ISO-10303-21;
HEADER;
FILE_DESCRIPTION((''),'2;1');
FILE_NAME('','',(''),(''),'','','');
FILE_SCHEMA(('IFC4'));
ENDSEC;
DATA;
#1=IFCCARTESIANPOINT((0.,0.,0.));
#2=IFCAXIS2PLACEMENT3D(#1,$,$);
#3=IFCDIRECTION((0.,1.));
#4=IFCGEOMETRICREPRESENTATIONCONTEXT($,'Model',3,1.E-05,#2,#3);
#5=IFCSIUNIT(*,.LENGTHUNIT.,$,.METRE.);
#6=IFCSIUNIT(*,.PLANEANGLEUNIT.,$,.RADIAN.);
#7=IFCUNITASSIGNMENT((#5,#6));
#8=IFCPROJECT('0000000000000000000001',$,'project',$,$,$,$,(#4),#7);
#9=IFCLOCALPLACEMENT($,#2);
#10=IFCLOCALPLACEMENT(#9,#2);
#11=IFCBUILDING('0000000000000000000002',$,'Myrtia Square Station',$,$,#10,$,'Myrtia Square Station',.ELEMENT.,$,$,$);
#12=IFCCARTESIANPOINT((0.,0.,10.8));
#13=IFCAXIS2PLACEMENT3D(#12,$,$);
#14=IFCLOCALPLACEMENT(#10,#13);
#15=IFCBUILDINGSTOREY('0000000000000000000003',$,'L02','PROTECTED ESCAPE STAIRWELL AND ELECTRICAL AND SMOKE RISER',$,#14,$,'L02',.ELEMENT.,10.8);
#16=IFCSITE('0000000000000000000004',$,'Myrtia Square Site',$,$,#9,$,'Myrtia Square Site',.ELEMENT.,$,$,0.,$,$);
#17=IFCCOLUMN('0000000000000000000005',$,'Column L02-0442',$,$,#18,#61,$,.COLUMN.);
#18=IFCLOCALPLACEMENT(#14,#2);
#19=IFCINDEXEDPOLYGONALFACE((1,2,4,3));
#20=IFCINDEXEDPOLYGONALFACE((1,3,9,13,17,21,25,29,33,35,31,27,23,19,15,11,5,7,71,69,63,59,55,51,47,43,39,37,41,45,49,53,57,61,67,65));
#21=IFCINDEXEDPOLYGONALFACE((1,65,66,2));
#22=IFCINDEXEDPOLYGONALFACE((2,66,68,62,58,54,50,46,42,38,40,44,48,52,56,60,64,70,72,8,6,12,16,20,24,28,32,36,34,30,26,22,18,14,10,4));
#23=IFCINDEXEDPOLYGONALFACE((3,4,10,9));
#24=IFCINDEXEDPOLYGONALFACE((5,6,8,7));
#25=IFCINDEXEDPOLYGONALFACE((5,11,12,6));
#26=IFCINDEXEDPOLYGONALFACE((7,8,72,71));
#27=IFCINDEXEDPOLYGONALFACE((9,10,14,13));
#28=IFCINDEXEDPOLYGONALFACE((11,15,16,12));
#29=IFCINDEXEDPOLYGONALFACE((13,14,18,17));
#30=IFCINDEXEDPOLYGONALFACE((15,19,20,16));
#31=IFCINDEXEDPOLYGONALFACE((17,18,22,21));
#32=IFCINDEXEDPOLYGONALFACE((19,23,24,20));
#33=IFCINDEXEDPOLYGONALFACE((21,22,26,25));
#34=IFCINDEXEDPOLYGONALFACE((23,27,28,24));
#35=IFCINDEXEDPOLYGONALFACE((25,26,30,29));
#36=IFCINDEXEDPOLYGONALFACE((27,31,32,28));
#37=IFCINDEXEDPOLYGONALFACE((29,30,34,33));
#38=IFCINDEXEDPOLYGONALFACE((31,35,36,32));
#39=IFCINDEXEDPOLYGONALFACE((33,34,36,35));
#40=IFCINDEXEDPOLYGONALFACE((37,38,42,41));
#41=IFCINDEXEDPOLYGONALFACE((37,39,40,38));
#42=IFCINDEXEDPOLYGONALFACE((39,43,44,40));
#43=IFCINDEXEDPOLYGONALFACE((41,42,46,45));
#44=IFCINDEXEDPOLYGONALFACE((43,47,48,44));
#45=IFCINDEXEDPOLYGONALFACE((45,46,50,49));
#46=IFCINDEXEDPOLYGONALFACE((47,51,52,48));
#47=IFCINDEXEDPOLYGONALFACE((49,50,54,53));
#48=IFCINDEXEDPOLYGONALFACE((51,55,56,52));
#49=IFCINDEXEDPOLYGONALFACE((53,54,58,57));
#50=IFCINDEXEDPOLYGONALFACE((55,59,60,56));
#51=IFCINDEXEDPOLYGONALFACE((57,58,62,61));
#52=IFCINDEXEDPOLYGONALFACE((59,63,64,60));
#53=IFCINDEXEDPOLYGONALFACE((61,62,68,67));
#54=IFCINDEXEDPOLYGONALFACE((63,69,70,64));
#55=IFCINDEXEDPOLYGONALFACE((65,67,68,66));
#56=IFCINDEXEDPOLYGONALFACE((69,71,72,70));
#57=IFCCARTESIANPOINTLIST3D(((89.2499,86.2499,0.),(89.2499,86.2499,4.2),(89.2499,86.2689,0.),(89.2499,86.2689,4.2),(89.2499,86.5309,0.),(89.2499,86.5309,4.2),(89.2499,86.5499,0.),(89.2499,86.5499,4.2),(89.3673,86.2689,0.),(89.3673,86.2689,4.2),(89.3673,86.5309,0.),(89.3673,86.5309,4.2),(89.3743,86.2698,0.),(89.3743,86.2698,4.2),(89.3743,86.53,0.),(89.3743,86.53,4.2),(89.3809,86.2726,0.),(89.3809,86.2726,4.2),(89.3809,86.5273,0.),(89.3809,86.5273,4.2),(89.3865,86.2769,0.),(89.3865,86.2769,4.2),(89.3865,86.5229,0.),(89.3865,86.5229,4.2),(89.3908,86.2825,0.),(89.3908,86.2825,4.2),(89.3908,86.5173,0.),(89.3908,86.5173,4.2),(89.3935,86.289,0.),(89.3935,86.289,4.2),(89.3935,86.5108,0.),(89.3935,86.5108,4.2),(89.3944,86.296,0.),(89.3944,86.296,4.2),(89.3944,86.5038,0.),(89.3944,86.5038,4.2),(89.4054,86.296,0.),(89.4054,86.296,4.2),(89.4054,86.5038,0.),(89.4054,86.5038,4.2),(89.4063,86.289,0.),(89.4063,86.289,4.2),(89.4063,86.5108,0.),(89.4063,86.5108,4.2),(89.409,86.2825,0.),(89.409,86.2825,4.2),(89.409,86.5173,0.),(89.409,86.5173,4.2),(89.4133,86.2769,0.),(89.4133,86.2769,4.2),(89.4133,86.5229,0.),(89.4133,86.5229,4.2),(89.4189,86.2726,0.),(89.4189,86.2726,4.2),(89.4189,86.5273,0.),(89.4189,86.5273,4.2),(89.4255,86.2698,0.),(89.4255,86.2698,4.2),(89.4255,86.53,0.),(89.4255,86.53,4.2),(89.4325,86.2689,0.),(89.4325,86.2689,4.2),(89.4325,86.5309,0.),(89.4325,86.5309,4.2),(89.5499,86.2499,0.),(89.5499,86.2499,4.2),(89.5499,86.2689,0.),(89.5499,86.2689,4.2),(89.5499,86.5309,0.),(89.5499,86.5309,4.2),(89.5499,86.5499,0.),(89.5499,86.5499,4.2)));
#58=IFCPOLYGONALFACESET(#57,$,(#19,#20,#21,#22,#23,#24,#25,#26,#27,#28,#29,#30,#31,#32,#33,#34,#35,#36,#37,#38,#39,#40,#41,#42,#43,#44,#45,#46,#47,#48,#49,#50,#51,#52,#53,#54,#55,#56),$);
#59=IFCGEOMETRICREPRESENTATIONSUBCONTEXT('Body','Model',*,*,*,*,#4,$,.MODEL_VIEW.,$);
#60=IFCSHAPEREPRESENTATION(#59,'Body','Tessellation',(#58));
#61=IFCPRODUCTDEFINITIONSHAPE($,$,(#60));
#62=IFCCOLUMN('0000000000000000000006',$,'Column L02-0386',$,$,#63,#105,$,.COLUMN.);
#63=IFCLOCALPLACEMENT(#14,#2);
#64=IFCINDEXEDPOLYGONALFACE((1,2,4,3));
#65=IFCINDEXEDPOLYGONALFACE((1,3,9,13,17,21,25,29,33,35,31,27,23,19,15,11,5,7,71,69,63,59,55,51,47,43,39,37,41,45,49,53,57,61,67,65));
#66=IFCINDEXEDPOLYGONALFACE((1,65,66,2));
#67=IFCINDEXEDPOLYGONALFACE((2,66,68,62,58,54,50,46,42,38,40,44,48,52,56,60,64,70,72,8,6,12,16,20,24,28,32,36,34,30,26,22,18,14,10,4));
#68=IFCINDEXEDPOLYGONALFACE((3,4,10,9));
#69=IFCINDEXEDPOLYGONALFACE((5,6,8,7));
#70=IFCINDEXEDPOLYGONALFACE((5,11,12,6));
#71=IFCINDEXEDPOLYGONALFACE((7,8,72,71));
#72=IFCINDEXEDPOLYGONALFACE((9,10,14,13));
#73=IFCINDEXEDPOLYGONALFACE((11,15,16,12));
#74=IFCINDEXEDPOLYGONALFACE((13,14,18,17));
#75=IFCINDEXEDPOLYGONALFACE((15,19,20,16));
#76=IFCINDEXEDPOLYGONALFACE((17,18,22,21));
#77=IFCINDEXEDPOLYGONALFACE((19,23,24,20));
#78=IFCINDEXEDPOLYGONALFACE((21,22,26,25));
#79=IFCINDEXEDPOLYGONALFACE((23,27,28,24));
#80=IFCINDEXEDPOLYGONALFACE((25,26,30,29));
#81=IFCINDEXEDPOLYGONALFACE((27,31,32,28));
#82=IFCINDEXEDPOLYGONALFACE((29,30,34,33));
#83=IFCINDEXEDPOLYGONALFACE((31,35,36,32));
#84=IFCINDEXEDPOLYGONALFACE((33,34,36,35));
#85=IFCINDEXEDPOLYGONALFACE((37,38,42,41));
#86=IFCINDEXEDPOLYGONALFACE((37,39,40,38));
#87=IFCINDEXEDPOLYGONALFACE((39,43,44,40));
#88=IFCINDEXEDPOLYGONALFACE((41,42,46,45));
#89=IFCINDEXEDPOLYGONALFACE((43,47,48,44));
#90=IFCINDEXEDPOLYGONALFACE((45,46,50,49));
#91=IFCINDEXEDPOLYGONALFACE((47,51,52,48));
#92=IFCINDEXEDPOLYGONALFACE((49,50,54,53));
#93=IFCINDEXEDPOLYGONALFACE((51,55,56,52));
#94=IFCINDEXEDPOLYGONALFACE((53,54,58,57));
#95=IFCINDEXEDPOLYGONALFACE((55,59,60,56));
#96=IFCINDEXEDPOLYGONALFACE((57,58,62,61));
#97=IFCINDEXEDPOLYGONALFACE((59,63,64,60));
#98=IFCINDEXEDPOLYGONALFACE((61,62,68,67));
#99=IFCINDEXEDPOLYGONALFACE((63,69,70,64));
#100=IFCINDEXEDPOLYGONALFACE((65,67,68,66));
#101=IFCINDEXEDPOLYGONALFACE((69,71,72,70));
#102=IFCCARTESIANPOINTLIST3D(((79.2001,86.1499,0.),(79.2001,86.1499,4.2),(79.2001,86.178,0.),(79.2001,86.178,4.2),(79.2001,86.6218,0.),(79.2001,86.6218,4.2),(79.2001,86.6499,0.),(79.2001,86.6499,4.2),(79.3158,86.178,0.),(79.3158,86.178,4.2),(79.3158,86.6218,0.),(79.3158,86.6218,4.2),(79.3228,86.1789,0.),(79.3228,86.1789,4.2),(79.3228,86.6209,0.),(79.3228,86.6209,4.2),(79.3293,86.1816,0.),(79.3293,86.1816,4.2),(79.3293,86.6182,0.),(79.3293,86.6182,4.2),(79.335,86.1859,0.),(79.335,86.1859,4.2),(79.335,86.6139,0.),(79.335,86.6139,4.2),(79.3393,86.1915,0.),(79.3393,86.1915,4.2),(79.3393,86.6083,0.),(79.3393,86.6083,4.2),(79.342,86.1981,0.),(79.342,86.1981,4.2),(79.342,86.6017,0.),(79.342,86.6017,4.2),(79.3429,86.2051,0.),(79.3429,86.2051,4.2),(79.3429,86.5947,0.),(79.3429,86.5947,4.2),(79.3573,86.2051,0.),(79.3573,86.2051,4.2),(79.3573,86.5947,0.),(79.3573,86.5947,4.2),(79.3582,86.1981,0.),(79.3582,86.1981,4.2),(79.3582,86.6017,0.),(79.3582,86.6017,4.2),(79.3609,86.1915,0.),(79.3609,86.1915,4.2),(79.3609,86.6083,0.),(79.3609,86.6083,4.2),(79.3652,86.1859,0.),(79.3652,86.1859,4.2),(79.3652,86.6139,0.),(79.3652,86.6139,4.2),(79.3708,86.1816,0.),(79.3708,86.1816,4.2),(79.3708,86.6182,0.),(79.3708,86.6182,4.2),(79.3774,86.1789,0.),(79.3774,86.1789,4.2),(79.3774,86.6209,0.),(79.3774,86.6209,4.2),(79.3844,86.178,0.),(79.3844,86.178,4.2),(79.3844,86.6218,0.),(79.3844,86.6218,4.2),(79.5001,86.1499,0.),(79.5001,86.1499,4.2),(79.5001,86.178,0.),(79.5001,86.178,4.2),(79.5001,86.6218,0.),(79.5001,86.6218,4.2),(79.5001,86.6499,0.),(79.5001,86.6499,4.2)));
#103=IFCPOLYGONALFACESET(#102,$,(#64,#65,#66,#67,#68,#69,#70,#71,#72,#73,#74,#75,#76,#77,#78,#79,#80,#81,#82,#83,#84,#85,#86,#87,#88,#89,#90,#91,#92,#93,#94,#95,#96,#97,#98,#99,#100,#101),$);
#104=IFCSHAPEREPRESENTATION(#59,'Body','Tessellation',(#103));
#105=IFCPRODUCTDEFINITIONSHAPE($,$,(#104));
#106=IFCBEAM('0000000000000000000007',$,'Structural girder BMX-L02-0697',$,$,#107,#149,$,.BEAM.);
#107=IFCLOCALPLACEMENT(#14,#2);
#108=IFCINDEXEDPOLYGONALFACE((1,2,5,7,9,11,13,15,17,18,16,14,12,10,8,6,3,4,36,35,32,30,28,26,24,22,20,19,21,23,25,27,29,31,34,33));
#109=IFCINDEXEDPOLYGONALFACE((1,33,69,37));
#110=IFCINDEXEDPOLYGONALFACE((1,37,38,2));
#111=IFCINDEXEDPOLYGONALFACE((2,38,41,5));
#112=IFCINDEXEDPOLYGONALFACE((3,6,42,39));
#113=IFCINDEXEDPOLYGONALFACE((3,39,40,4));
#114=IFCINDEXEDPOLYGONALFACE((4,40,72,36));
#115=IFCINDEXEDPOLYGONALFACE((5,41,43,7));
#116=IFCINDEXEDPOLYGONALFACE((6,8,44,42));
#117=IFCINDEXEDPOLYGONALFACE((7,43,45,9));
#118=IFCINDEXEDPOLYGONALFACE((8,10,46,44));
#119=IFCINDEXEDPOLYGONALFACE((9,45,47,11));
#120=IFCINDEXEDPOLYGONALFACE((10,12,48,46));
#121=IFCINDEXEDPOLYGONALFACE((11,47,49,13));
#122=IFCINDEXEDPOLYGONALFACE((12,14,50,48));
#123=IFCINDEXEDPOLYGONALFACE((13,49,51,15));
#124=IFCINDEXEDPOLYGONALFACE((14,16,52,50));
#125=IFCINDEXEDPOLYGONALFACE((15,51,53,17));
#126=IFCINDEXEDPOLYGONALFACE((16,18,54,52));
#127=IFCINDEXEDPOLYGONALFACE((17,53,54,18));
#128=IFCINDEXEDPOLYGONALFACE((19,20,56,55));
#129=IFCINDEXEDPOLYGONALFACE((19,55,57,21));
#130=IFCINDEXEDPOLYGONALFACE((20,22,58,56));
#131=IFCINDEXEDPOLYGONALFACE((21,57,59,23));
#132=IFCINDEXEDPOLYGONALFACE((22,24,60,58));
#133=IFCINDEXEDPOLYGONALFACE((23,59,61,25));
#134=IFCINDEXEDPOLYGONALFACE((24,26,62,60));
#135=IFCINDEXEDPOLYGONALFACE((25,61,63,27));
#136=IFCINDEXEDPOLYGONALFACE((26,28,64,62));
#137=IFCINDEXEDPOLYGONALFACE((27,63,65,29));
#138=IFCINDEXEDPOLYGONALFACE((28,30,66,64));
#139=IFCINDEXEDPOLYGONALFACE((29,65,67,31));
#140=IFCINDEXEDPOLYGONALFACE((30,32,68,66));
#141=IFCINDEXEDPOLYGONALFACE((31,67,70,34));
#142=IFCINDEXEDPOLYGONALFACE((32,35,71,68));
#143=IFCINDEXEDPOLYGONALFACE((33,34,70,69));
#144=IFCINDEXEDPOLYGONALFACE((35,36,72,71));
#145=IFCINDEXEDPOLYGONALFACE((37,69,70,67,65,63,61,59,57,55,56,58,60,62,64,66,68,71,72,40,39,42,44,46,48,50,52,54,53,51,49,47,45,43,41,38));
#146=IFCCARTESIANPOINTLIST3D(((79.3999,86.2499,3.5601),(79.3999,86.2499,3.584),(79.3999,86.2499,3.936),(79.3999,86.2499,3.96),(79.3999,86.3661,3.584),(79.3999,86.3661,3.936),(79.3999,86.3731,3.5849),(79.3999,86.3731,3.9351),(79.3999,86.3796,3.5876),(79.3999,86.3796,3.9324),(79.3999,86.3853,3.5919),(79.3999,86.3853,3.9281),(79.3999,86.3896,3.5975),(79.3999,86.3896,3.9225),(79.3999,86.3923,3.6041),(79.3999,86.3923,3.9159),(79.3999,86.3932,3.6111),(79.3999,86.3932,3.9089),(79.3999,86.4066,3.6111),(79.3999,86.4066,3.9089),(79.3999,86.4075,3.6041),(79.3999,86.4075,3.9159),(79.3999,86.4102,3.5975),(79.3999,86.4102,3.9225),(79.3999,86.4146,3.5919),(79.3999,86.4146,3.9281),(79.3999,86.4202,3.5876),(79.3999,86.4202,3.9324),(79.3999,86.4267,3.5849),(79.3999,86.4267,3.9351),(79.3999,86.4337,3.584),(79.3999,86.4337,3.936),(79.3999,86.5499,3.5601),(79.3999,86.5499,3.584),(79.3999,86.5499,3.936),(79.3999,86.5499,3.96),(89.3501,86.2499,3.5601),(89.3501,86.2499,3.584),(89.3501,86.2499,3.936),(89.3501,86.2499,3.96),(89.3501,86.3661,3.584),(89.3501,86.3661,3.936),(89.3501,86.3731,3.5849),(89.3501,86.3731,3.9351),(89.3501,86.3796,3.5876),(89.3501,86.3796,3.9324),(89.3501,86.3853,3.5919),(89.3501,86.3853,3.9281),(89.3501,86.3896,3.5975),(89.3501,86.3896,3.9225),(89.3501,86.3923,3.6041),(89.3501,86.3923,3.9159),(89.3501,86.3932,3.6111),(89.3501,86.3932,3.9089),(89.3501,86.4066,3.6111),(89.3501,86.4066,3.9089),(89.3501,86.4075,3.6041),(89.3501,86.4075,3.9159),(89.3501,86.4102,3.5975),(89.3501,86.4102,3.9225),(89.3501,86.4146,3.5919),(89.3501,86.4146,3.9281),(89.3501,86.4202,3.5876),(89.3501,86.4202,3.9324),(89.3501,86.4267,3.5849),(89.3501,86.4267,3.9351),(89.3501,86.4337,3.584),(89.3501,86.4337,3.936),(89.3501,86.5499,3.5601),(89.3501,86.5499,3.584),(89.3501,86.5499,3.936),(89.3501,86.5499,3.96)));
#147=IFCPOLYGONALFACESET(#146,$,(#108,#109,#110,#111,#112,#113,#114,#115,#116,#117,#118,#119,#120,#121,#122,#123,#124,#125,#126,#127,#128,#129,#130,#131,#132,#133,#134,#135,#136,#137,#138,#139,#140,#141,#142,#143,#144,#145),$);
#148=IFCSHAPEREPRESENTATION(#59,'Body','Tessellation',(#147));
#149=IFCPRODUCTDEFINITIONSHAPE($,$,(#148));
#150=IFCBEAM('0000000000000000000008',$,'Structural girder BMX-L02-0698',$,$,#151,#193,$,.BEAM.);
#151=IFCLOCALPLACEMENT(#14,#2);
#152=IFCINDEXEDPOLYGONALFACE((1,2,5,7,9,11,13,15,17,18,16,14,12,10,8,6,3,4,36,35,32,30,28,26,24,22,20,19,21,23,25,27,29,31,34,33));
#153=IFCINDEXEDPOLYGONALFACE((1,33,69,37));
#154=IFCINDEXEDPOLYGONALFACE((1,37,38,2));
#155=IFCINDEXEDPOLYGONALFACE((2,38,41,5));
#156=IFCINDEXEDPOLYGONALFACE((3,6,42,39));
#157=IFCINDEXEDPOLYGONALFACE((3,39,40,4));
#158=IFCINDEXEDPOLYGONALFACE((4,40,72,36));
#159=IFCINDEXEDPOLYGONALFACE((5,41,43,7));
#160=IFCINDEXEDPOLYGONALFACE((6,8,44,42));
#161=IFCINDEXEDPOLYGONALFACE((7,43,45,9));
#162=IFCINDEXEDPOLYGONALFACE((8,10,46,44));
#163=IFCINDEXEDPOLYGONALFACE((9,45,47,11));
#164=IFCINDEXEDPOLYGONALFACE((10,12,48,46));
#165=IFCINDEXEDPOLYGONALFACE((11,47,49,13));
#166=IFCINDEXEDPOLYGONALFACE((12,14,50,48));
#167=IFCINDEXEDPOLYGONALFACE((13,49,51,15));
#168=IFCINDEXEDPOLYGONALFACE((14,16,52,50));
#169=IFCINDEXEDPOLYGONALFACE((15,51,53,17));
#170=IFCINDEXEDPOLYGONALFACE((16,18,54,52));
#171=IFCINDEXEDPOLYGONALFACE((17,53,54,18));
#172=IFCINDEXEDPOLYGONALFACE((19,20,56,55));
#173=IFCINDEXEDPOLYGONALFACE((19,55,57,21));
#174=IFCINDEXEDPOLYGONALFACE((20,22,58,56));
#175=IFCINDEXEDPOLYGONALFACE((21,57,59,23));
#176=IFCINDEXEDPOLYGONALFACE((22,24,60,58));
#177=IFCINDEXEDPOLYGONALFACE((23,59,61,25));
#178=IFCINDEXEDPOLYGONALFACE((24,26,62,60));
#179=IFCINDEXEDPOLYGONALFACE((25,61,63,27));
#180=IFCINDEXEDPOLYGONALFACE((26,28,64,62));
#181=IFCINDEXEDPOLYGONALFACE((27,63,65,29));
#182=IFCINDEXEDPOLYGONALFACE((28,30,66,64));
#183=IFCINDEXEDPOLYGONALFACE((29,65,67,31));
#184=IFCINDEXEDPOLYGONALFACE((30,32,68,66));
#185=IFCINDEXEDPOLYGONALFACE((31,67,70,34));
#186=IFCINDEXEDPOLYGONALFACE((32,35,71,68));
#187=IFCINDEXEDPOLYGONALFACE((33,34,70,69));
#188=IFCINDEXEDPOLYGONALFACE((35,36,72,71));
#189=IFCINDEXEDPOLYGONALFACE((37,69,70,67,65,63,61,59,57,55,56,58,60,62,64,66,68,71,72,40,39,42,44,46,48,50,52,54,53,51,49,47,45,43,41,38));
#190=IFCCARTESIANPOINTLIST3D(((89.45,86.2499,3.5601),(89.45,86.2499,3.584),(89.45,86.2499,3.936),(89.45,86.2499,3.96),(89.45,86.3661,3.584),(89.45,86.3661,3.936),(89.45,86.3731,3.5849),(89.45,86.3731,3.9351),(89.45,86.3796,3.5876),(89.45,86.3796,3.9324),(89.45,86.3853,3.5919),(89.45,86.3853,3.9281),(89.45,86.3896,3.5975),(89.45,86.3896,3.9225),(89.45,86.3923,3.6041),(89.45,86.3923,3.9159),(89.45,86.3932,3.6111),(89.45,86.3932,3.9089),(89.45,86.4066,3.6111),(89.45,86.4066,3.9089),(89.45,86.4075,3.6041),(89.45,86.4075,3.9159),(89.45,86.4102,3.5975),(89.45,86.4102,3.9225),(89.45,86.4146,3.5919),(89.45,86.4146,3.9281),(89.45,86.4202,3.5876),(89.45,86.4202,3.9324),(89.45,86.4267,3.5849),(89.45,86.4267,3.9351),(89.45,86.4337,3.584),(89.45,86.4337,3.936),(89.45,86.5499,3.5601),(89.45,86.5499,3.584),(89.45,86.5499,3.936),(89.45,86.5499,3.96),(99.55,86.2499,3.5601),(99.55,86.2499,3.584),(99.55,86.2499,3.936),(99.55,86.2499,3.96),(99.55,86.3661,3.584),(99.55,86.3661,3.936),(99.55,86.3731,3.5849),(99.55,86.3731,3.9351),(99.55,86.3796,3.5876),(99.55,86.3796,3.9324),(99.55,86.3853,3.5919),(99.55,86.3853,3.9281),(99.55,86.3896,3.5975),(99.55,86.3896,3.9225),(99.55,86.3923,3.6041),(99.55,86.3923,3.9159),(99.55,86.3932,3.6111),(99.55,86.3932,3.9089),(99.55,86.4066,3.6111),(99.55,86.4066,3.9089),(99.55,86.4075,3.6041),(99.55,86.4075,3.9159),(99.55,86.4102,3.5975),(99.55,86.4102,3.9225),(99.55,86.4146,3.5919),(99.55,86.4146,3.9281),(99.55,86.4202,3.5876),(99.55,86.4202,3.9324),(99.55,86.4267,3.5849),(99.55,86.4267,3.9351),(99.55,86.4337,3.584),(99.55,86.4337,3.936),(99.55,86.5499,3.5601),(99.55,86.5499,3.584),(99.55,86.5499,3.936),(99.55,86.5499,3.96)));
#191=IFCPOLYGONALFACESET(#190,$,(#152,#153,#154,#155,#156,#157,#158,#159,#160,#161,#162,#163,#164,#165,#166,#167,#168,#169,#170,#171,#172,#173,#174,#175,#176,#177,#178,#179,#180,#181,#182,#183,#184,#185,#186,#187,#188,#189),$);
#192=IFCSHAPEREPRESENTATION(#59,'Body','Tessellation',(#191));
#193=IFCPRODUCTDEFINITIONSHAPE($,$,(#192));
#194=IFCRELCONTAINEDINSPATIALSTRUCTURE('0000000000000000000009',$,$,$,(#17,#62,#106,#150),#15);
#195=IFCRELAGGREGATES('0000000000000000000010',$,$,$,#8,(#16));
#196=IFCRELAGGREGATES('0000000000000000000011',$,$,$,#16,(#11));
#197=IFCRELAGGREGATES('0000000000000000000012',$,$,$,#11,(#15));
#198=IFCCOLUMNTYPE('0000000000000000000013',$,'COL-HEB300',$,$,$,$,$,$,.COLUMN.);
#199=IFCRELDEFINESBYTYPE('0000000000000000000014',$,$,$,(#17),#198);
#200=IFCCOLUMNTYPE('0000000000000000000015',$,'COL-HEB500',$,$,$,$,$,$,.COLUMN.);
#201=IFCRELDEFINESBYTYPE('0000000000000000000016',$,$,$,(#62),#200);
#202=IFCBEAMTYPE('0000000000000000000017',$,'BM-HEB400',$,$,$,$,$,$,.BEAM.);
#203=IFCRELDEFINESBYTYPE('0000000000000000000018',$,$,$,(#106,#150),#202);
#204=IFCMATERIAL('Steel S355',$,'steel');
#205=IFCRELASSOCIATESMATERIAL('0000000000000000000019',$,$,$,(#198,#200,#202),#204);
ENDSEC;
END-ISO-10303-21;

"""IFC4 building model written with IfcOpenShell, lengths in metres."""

from ifc_helpers import new_model, si_unit, direction, frame, origin, origin_2d, place, context, subcontext, project, spatial, i_section, extrude, material, material_profile, profile_set, type_object, element, save


model = new_model("IFC4")

# Units and contexts
model_context = context("Model", 3, precision=1e-05, world=origin(), true_north=direction((0.0, 1.0)))
body_context = subcontext(model_context, "Body", "Model", "MODEL_VIEW")
ifc_project = project(units=[si_unit("LENGTHUNIT", "METRE"), si_unit("PLANEANGLEUNIT", "RADIAN")], contexts=[model_context])

# Site, building, storey
site_placement = place(None, origin())
site = spatial("IfcSite", under=ifc_project, at=site_placement, Name="Myrtia Square Site", LongName="Myrtia Square Site", CompositionType="ELEMENT", RefElevation=0.0)
building_placement = place(site_placement, origin())
building = spatial("IfcBuilding", under=site, at=building_placement, Name="Myrtia Square Station", LongName="Myrtia Square Station", CompositionType="ELEMENT")
storey_placement = place(building_placement, frame((0.0, 0.0, 10.8)))
storey = spatial("IfcBuildingStorey", under=building, at=storey_placement, Name="L02", Description="PROTECTED ESCAPE STAIRWELL AND ELECTRICAL AND SMOKE RISER", LongName="L02", CompositionType="ELEMENT", Elevation=10.8)

# Columns
ifc_material_1 = material(Name="Steel S355", Category="steel")
ifc_material_profile_1 = material_profile(ifc_material_1, i_section(OverallWidth=0.3, OverallDepth=0.3, WebThickness=0.011, FlangeThickness=0.019, FilletRadius=0.0271, at=origin_2d()), Name="HEB 300")
ifc_profile_set_1 = profile_set([ifc_material_profile_1], Name="Steel S355")
column_type_1 = type_object("IfcColumnType", Name="COL-HEB300", PredefinedType="COLUMN", material=ifc_profile_set_1)
column_1_placement = place(storey_placement, frame((89.3999, 86.3999, 0.0), z_axis=(0.0, 0.0, 1.0), x_axis=(1.0, 0.0, 0.0)))
element("IfcColumn", 1, at=column_1_placement, inside=storey, type_object=column_type_1, Name="Column L02-0442", PredefinedType="COLUMN", context=body_context, shape_type="SweptSolid", body=[
    extrude(i_section(OverallWidth=0.3, OverallDepth=0.3, WebThickness=0.011, FlangeThickness=0.019, FilletRadius=0.0271, at=origin_2d()), origin(), (0.0, 0.0, 1.0), 4.2),
])
ifc_material_profile_2 = material_profile(ifc_material_1, i_section(OverallWidth=0.3, OverallDepth=0.5, WebThickness=0.0144, FlangeThickness=0.0281, FilletRadius=0.0271, at=origin_2d()), Name="HEB 500")
ifc_profile_set_2 = profile_set([ifc_material_profile_2], Name="Steel S355")
column_type_2 = type_object("IfcColumnType", Name="COL-HEB500", PredefinedType="COLUMN", material=ifc_profile_set_2)
column_2_placement = place(storey_placement, frame((79.3501, 86.3999, 0.0), z_axis=(0.0, 0.0, 1.0), x_axis=(1.0, 0.0, 0.0)))
element("IfcColumn", 2, at=column_2_placement, inside=storey, type_object=column_type_2, Name="Column L02-0386", PredefinedType="COLUMN", context=body_context, shape_type="SweptSolid", body=[
    extrude(i_section(OverallWidth=0.3, OverallDepth=0.5, WebThickness=0.0144, FlangeThickness=0.0281, FilletRadius=0.0271, at=origin_2d()), origin(), (0.0, 0.0, 1.0), 4.2),
])

# Beams
ifc_material_profile_3 = material_profile(ifc_material_1, i_section(OverallWidth=0.3, OverallDepth=0.3999, WebThickness=0.0134, FlangeThickness=0.0239, FilletRadius=0.0271, at=origin_2d()), Name="HEB 400")
ifc_profile_set_3 = profile_set([ifc_material_profile_3], Name="Steel S355")
beam_type_1 = type_object("IfcBeamType", Name="BM-HEB400", PredefinedType="BEAM", material=ifc_profile_set_3)
beam_1_placement = place(storey_placement, frame((79.3999, 86.3999, 3.76), z_axis=(1.0, 0.0, 0.0), x_axis=(0.0, 1.0, 0.0)))
element("IfcBeam", 3, at=beam_1_placement, inside=storey, type_object=beam_type_1, Name="Structural girder BMX-L02-0697", PredefinedType="BEAM", context=body_context, shape_type="SweptSolid", body=[
    extrude(i_section(OverallWidth=0.3, OverallDepth=0.3999, WebThickness=0.0134, FlangeThickness=0.0239, FilletRadius=0.0271, at=origin_2d()), origin(), (0.0, 0.0, 1.0), 9.9502),
])
beam_2_placement = place(storey_placement, frame((89.45, 86.3999, 3.76), z_axis=(1.0, 0.0, 0.0), x_axis=(0.0, 1.0, 0.0)))
element("IfcBeam", 4, at=beam_2_placement, inside=storey, type_object=beam_type_1, Name="Structural girder BMX-L02-0698", PredefinedType="BEAM", context=body_context, shape_type="SweptSolid", body=[
    extrude(i_section(OverallWidth=0.3, OverallDepth=0.3999, WebThickness=0.0134, FlangeThickness=0.0239, FilletRadius=0.0271, at=origin_2d()), origin(), (0.0, 0.0, 1.0), 10.1001),
])

save(model, "model.ifc")
